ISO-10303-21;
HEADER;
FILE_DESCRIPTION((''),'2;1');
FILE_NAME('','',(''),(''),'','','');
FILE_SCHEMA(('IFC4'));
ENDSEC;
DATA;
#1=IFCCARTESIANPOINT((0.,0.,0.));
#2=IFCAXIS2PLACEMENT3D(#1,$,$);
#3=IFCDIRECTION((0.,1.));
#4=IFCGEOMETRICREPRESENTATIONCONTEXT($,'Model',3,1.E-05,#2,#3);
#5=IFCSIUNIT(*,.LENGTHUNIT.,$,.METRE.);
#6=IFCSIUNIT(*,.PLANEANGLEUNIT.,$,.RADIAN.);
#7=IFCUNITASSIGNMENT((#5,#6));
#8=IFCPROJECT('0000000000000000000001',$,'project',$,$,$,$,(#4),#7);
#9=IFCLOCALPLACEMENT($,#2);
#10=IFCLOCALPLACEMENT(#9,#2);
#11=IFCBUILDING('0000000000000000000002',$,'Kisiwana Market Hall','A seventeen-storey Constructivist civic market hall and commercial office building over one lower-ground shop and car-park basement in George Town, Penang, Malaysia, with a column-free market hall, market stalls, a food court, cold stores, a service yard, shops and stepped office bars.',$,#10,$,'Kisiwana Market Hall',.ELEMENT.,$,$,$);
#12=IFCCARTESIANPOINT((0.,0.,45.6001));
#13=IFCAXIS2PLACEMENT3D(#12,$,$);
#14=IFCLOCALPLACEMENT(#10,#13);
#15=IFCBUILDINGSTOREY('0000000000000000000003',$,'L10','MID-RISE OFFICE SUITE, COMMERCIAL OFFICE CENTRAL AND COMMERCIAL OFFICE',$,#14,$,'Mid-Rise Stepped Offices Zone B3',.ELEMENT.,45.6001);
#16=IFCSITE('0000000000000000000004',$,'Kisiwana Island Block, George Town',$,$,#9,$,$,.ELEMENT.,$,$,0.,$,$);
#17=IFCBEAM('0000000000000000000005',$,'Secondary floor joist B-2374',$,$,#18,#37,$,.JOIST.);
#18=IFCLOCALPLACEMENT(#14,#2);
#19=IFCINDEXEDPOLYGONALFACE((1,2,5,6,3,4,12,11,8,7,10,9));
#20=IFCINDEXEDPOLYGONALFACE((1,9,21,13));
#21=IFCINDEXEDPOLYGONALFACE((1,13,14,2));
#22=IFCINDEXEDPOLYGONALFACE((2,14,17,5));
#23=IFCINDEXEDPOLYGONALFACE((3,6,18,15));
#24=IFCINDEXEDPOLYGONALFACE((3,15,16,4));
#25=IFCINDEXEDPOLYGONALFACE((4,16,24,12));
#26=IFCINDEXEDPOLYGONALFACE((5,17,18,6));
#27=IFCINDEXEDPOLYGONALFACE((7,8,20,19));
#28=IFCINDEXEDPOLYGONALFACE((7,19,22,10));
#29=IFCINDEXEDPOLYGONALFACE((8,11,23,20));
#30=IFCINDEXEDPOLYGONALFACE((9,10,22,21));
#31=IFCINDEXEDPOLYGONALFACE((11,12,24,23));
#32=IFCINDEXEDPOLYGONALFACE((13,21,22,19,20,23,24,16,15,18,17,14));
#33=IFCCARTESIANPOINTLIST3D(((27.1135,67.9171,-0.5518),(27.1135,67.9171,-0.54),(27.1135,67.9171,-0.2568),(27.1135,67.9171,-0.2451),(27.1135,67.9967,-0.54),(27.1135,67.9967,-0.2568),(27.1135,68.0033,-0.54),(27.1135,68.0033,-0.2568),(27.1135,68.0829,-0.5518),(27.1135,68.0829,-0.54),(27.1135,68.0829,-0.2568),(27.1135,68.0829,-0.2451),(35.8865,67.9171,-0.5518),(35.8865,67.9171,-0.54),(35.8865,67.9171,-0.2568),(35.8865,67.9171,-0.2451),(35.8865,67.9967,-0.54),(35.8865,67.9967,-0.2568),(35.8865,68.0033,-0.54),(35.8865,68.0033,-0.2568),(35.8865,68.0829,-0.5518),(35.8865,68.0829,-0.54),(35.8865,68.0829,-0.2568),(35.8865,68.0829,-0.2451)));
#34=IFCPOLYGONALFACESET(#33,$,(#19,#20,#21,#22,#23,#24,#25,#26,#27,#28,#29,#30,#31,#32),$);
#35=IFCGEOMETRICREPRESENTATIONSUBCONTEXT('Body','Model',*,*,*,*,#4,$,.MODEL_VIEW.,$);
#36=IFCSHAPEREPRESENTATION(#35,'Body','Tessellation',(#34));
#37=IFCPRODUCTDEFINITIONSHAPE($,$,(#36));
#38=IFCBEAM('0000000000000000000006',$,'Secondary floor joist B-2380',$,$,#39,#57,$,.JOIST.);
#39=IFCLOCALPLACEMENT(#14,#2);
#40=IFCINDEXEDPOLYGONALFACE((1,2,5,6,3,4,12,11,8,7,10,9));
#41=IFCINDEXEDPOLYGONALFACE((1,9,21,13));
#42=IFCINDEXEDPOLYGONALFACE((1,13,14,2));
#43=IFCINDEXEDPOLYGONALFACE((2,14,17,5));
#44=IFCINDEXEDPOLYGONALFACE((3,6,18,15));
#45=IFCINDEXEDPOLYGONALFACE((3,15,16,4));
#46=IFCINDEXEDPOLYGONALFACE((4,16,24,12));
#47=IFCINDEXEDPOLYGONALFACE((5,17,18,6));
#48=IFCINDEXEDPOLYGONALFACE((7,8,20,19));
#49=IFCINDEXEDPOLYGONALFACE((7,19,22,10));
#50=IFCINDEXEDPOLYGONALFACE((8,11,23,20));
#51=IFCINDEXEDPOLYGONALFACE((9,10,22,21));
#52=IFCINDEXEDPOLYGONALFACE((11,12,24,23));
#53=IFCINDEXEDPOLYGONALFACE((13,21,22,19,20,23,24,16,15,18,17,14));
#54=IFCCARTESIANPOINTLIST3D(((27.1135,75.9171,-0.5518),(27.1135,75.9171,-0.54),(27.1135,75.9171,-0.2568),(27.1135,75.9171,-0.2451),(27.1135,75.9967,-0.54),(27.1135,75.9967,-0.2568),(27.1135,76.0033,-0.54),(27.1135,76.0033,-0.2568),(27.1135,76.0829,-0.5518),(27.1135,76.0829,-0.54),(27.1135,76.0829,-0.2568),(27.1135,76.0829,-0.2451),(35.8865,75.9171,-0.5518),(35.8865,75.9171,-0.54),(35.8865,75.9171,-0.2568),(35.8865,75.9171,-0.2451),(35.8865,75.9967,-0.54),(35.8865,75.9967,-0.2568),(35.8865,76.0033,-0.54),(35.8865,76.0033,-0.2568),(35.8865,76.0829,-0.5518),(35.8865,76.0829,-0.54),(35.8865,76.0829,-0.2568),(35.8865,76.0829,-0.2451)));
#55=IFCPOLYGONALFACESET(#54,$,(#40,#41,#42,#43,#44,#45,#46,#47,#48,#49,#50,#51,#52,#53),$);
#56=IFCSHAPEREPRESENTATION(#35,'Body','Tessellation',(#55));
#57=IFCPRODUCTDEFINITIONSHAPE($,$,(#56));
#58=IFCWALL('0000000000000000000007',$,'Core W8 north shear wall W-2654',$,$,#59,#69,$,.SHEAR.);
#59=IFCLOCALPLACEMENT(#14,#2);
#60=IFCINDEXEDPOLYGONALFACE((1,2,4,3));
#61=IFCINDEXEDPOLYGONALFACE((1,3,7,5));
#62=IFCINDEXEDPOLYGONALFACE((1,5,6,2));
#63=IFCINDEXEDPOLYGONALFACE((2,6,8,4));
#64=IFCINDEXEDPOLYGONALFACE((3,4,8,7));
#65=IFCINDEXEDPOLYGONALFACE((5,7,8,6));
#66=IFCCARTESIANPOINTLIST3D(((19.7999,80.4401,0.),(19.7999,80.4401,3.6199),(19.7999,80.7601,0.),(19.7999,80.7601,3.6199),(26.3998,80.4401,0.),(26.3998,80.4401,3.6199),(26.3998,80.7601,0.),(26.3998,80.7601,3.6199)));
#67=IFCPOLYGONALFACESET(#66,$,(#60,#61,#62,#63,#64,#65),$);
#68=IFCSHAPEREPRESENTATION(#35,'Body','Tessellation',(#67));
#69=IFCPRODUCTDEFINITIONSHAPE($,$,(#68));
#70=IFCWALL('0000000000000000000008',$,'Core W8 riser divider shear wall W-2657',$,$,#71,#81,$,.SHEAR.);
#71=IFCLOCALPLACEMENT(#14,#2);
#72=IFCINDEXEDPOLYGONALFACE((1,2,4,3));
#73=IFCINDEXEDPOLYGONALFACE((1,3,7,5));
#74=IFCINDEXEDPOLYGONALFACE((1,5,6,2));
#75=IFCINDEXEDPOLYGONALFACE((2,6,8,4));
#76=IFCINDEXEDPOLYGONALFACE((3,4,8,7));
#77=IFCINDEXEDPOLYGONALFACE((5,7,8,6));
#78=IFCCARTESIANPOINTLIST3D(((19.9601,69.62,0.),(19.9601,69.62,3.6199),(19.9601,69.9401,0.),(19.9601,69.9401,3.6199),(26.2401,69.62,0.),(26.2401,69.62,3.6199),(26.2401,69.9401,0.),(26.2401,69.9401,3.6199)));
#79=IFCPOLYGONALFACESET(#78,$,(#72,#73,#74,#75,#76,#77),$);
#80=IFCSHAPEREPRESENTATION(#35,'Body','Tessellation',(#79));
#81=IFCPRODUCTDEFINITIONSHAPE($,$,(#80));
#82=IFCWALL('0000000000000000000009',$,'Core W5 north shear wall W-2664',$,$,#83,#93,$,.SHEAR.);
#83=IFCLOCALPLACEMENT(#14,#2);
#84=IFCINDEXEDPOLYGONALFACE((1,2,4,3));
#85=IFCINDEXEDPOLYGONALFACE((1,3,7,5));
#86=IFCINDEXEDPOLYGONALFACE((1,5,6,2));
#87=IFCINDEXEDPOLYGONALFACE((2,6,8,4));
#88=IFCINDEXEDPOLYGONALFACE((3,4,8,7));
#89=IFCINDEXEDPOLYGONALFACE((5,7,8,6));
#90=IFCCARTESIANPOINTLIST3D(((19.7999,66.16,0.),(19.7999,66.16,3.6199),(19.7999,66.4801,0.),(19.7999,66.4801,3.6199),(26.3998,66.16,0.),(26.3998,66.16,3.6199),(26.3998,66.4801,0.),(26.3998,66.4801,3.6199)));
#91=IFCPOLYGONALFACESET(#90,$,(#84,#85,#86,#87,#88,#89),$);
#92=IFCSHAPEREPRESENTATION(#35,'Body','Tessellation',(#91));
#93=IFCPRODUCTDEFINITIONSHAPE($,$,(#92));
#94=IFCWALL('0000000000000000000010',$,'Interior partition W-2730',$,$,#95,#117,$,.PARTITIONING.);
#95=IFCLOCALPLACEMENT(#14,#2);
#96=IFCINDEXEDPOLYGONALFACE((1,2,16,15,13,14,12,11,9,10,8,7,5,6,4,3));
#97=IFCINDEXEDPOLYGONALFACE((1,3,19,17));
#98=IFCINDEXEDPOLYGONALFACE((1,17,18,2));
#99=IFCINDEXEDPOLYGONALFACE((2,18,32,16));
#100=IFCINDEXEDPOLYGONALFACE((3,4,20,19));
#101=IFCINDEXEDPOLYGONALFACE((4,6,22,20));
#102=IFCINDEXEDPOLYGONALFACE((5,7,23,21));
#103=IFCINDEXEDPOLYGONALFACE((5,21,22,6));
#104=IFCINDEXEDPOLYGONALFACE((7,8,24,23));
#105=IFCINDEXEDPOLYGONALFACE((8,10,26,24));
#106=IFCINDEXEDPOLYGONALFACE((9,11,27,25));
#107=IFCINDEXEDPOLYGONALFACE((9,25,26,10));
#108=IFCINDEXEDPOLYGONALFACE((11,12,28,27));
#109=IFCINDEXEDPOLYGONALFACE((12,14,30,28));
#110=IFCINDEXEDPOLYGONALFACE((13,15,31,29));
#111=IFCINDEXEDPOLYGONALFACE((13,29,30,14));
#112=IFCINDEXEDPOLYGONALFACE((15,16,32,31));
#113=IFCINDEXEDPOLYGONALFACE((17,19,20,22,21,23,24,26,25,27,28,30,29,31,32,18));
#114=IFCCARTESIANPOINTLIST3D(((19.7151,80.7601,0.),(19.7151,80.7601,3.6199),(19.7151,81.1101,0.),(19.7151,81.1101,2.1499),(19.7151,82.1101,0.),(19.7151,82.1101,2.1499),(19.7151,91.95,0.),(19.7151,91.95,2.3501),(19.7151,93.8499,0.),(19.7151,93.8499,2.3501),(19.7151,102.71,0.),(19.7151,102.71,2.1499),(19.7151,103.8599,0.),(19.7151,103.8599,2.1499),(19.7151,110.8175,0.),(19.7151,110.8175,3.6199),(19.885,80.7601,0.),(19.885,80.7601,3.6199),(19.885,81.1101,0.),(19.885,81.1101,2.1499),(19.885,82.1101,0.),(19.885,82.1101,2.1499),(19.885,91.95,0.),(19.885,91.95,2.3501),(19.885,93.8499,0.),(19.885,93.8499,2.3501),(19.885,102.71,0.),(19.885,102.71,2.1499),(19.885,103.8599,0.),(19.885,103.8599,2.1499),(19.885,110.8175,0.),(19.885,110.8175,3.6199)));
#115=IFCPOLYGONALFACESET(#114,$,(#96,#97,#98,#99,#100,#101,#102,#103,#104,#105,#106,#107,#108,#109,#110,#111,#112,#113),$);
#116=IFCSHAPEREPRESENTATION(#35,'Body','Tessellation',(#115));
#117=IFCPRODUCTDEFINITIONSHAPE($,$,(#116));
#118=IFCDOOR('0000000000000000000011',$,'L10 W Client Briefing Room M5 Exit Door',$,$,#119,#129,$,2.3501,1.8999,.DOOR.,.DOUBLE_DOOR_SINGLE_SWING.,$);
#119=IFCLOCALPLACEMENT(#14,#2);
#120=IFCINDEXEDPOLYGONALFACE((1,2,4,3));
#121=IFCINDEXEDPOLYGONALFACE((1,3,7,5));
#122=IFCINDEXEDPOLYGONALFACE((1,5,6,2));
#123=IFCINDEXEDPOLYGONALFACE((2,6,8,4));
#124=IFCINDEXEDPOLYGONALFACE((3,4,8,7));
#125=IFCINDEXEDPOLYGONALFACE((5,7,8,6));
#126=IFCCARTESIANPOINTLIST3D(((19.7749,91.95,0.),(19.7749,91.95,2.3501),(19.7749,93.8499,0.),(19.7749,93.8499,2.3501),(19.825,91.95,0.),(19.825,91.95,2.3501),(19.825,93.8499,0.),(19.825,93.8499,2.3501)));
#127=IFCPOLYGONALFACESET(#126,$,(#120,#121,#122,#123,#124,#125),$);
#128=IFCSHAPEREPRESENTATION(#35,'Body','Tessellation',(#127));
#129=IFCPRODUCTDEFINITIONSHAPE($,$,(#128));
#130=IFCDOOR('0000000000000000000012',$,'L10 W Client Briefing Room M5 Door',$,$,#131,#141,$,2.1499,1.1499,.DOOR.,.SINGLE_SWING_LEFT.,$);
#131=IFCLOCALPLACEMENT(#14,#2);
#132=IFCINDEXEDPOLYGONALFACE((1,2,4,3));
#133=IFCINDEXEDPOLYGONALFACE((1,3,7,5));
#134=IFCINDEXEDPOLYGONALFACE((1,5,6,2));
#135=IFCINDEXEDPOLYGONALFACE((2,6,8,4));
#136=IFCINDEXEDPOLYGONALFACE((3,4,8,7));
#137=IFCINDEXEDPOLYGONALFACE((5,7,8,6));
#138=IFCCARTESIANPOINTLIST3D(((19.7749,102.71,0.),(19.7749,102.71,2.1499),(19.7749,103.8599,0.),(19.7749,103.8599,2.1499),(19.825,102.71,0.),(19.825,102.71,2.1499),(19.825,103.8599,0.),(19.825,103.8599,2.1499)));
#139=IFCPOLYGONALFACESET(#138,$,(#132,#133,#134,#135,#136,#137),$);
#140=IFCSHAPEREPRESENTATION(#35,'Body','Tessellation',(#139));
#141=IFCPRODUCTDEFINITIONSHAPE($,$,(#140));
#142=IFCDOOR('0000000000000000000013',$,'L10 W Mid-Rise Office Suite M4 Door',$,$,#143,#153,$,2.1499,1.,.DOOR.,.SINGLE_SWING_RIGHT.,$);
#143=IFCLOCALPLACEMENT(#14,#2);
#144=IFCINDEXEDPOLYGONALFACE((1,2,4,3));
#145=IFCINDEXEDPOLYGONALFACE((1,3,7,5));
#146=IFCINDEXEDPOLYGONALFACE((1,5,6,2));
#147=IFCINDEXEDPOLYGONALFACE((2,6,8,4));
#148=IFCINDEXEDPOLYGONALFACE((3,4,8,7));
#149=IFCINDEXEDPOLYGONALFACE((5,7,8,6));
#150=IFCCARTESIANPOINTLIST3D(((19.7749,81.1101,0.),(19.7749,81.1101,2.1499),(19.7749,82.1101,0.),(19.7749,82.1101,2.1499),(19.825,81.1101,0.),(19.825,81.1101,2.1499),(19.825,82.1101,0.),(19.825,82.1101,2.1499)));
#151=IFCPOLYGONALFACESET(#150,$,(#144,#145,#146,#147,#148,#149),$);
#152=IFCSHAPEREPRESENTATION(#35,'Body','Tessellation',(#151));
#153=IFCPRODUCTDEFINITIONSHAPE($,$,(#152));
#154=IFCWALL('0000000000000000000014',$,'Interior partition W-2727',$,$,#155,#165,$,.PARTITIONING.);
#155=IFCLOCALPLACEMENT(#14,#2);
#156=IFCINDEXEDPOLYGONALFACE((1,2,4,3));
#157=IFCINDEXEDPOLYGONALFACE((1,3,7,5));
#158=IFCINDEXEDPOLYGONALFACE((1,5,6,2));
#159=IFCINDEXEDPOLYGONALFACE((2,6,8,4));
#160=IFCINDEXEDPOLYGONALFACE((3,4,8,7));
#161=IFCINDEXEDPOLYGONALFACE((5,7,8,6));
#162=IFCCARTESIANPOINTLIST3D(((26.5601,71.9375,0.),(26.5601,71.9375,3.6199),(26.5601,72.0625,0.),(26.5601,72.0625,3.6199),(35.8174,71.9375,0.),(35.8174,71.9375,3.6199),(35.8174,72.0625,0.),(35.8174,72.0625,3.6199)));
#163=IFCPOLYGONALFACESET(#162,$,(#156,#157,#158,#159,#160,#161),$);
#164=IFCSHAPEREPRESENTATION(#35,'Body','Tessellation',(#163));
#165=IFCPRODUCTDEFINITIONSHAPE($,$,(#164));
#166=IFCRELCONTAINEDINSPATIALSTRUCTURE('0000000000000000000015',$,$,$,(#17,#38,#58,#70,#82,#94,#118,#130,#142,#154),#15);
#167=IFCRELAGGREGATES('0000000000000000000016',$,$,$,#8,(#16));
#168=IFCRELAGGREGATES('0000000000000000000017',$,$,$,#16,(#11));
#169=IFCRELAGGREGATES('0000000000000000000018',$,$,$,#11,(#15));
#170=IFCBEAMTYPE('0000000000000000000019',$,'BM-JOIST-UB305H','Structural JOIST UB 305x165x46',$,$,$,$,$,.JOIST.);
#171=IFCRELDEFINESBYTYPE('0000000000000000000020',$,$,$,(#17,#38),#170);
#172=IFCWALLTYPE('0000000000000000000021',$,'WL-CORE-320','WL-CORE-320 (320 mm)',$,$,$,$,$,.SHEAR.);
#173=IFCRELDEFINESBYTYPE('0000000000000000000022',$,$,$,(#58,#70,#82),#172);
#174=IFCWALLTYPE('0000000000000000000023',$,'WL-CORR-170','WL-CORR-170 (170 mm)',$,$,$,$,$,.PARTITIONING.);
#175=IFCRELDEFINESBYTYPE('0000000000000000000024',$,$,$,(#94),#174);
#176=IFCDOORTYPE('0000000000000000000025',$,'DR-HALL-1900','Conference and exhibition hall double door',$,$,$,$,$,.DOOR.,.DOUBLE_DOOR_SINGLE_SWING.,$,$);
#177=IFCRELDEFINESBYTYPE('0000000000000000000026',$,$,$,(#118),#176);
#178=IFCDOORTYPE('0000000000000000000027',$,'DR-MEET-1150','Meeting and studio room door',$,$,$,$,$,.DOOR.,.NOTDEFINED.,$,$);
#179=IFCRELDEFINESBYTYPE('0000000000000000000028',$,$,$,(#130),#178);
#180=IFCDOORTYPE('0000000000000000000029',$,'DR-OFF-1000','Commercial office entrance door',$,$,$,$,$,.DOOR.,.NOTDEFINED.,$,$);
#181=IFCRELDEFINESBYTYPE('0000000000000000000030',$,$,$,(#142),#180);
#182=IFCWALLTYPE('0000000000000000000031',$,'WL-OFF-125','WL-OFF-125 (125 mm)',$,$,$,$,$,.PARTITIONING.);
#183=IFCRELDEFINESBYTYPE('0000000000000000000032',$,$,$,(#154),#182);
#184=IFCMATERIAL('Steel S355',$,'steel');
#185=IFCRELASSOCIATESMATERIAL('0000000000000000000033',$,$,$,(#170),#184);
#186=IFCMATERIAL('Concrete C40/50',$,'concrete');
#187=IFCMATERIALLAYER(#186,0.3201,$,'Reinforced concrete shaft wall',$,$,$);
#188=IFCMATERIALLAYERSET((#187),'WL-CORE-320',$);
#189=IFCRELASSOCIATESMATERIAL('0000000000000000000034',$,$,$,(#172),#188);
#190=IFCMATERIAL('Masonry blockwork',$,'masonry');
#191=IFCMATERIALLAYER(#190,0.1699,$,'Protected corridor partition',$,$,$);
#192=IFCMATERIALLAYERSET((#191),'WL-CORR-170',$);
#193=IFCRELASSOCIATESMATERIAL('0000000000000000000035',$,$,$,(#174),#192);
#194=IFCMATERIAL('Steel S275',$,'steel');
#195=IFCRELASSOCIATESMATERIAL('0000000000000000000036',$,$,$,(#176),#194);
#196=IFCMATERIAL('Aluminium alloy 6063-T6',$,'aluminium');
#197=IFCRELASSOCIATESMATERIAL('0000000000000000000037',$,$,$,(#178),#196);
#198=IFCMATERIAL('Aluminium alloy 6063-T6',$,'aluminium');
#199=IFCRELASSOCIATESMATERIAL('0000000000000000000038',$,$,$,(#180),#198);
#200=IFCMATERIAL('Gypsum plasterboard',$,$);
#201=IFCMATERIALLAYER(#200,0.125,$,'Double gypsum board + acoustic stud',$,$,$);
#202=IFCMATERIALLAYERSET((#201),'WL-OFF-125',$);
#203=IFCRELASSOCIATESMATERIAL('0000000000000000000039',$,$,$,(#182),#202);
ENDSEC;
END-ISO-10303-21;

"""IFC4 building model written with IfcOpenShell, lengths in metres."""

from ifc_helpers import new_model, si_unit, direction, frame, frame_2d, origin, origin_2d, place, context, subcontext, project, spatial, rectangle, i_section, extrude, material, layer, layer_set, material_profile, profile_set, type_object, element, fill, save


model = new_model("IFC4")

# Units and contexts
model_context = context("Model", 3, precision=1e-05, world=origin(), true_north=direction((0.0, 1.0)))
body_context = subcontext(model_context, "Body", "Model", "MODEL_VIEW")
ifc_project = project(units=[si_unit("LENGTHUNIT", "METRE"), si_unit("PLANEANGLEUNIT", "RADIAN")], contexts=[model_context])

# Site, building, storey
site_placement = place(None, origin())
site = spatial("IfcSite", under=ifc_project, at=site_placement, Name="Kisiwana Island Block, George Town", CompositionType="ELEMENT", RefElevation=0.0)
building_placement = place(site_placement, origin())
building = spatial("IfcBuilding", under=site, at=building_placement, Name="Kisiwana Market Hall", Description="A seventeen-storey Constructivist civic market hall and commercial office building over one lower-ground shop and car-park basement in George Town, Penang, Malaysia, with a column-free market hall, market stalls, a food court, cold stores, a service yard, shops and stepped office bars.", LongName="Kisiwana Market Hall", CompositionType="ELEMENT")
storey_placement = place(building_placement, frame((0.0, 0.0, 45.6001)))
storey = spatial("IfcBuildingStorey", under=building, at=storey_placement, Name="L10", Description="MID-RISE OFFICE SUITE, COMMERCIAL OFFICE CENTRAL AND COMMERCIAL OFFICE", LongName="Mid-Rise Stepped Offices Zone B3", CompositionType="ELEMENT", Elevation=45.6001)

# Beams
ifc_material_1 = material(Name="Steel S355", Category="steel")
ifc_material_profile = material_profile(ifc_material_1, i_section(OverallWidth=0.1658, OverallDepth=0.3066, WebThickness=0.0066, FlangeThickness=0.0117, at=origin_2d()), Name="UB 305x165x46")
ifc_profile_set = profile_set([ifc_material_profile], Name="Steel S355")
beam_type = type_object("IfcBeamType", Name="BM-JOIST-UB305H", Description="Structural JOIST UB 305x165x46", PredefinedType="JOIST", material=ifc_profile_set)
for number, where, z_axis, x_axis, name in (
    (1, (27.1135, 68.0, -0.3984), (1.0, 0.0, 0.0), (0.0, 1.0, 0.0), "Secondary floor joist B-2374"),
    (2, (27.1135, 76.0, -0.3984), (1.0, 0.0, 0.0), (0.0, 1.0, 0.0), "Secondary floor joist B-2380"),
):
    element("IfcBeam", number, at=place(storey_placement, frame(where, z_axis=z_axis, x_axis=x_axis)), inside=storey, type_object=beam_type, Name=name, PredefinedType="JOIST", context=body_context, shape_type="SweptSolid", body=[
        extrude(i_section(OverallWidth=0.1658, OverallDepth=0.3066, WebThickness=0.0066, FlangeThickness=0.0117, at=origin_2d()), origin(), (0.0, 0.0, 1.0), 8.7729),
    ])

# Walls
ifc_material_2 = material(Name="Concrete C40/50", Category="concrete")
ifc_layer_1 = layer(ifc_material_2, 0.3201, Name="Reinforced concrete shaft wall")
ifc_layer_set_1 = layer_set([ifc_layer_1], Name="WL-CORE-320")
wall_type_1 = type_object("IfcWallType", Name="WL-CORE-320", Description="WL-CORE-320 (320 mm)", PredefinedType="SHEAR", material=ifc_layer_set_1)
wall_1_placement = place(storey_placement, frame((19.8, 80.6001, 0.0), z_axis=(0.0, 0.0, 1.0), x_axis=(1.0, 0.0, 0.0)))
element("IfcWall", 3, at=wall_1_placement, inside=storey, type_object=wall_type_1, Name="Core W8 north shear wall W-2654", PredefinedType="SHEAR", context=body_context, shape_type="SweptSolid", body=[
    extrude(rectangle(XDim=6.5999, YDim=0.3201, at=frame_2d((3.2998, 0.0))), origin(), (0.0, 0.0, 1.0), 3.6199),
])
wall_2_placement = place(storey_placement, frame((19.96, 69.78, 0.0), z_axis=(0.0, 0.0, 1.0), x_axis=(1.0, 0.0, 0.0)))
element("IfcWall", 4, at=wall_2_placement, inside=storey, type_object=wall_type_1, Name="Core W8 riser divider shear wall W-2657", PredefinedType="SHEAR", context=body_context, shape_type="SweptSolid", body=[
    extrude(rectangle(XDim=6.28, YDim=0.3201, at=frame_2d((3.1401, 0.0))), origin(), (0.0, 0.0, 1.0), 3.6199),
])
wall_3_placement = place(storey_placement, frame((19.8, 66.3201, 0.0), z_axis=(0.0, 0.0, 1.0), x_axis=(1.0, 0.0, 0.0)))
element("IfcWall", 5, at=wall_3_placement, inside=storey, type_object=wall_type_1, Name="Core W5 north shear wall W-2664", PredefinedType="SHEAR", context=body_context, shape_type="SweptSolid", body=[
    extrude(rectangle(XDim=6.5999, YDim=0.3201, at=frame_2d((3.2998, 0.0))), origin(), (0.0, 0.0, 1.0), 3.6199),
])

# Wall, openings, doors
ifc_material_3 = material(Name="Masonry blockwork", Category="masonry")
ifc_layer_2 = layer(ifc_material_3, 0.1699, Name="Protected corridor partition")
ifc_layer_set_2 = layer_set([ifc_layer_2], Name="WL-CORR-170")
wall_type_2 = type_object("IfcWallType", Name="WL-CORR-170", Description="WL-CORR-170 (170 mm)", PredefinedType="PARTITIONING", material=ifc_layer_set_2)
wall_4_placement = place(storey_placement, frame((19.8, 80.76, 0.0), z_axis=(0.0, 0.0, 1.0), x_axis=(0.0, 1.0, 0.0)))
wall_4 = element("IfcWall", 6, at=wall_4_placement, inside=storey, type_object=wall_type_2, Name="Interior partition W-2730", PredefinedType="PARTITIONING", context=body_context, shape_type="SweptSolid", body=[
    extrude(rectangle(XDim=30.0574, YDim=0.1699, at=frame_2d((15.0288, 0.0))), origin(), (0.0, 0.0, 1.0), 3.6199),
])
opening_1_placement = place(wall_4_placement, frame((0.3501, 0.0, 0.0)))
opening_1 = element("IfcOpeningElement", 7, at=opening_1_placement, cuts=wall_4, PredefinedType="OPENING", context=body_context, shape_type="SweptSolid", body=[
    extrude(rectangle(XDim=1.0, YDim=2.1499, at=frame_2d((0.5, 1.075))), frame((0.0, 0.0969, 0.0), z_axis=(0.0, -1.0, 0.0), x_axis=(1.0, 0.0, 0.0)), (0.0, 0.0, 1.0), 0.1938),
])
opening_2_placement = place(wall_4_placement, frame((21.95, 0.0, 0.0)))
opening_2 = element("IfcOpeningElement", 8, at=opening_2_placement, cuts=wall_4, PredefinedType="OPENING", context=body_context, shape_type="SweptSolid", body=[
    extrude(rectangle(XDim=1.1499, YDim=2.1499, at=frame_2d((0.575, 1.075))), frame((0.0, 0.0969, 0.0), z_axis=(0.0, -1.0, 0.0), x_axis=(1.0, 0.0, 0.0)), (0.0, 0.0, 1.0), 0.1938),
])
opening_3_placement = place(wall_4_placement, frame((11.1899, 0.0, 0.0)))
opening_3 = element("IfcOpeningElement", 9, at=opening_3_placement, cuts=wall_4, PredefinedType="OPENING", context=body_context, shape_type="SweptSolid", body=[
    extrude(rectangle(XDim=1.8999, YDim=2.3501, at=frame_2d((0.95, 1.175))), frame((0.0, 0.0969, 0.0), z_axis=(0.0, -1.0, 0.0), x_axis=(1.0, 0.0, 0.0)), (0.0, 0.0, 1.0), 0.1938),
])
ifc_material_4 = material(Name="Steel S275", Category="steel")
door_type_1 = type_object("IfcDoorType", Name="DR-HALL-1900", Description="Conference and exhibition hall double door", OperationType="DOUBLE_DOOR_SINGLE_SWING", PredefinedType="DOOR", material=ifc_material_4)
door_1_placement = place(opening_3_placement, frame((1.8999, 0.0, 0.0), z_axis=(0.0, 0.0, 1.0), x_axis=(-1.0, 0.0, 0.0)))
door_1 = element("IfcDoor", 10, at=door_1_placement, inside=storey, type_object=door_type_1, Name="L10 W Client Briefing Room M5 Exit Door", OperationType="DOUBLE_DOOR_SINGLE_SWING", OverallHeight=2.3501, OverallWidth=1.8999, PredefinedType="DOOR", context=body_context, shape_type="SweptSolid", body=[
    extrude(rectangle(XDim=1.8999, YDim=2.3501, at=frame_2d((0.95, 1.175))), frame((0.0, 0.0249, 0.0), z_axis=(0.0, -1.0, 0.0), x_axis=(1.0, 0.0, 0.0)), (0.0, 0.0, 1.0), 0.05),
])
fill(opening_3, door_1)
ifc_material_5 = material(Name="Aluminium alloy 6063-T6", Category="aluminium")
door_type_2 = type_object("IfcDoorType", Name="DR-MEET-1150", Description="Meeting and studio room door", OperationType="NOTDEFINED", PredefinedType="DOOR", material=ifc_material_5)
door_2_placement = place(opening_2_placement, frame((1.1499, 0.0, 0.0), z_axis=(0.0, 0.0, 1.0), x_axis=(-1.0, 0.0, 0.0)))
door_2 = element("IfcDoor", 11, at=door_2_placement, inside=storey, type_object=door_type_2, Name="L10 W Client Briefing Room M5 Door", OperationType="SINGLE_SWING_LEFT", OverallHeight=2.1499, OverallWidth=1.1499, PredefinedType="DOOR", context=body_context, shape_type="SweptSolid", body=[
    extrude(rectangle(XDim=1.1499, YDim=2.1499, at=frame_2d((0.575, 1.075))), frame((0.0, 0.0249, 0.0), z_axis=(0.0, -1.0, 0.0), x_axis=(1.0, 0.0, 0.0)), (0.0, 0.0, 1.0), 0.05),
])
fill(opening_2, door_2)
ifc_material_6 = material(Name="Aluminium alloy 6063-T6", Category="aluminium")
door_type_3 = type_object("IfcDoorType", Name="DR-OFF-1000", Description="Commercial office entrance door", OperationType="NOTDEFINED", PredefinedType="DOOR", material=ifc_material_6)
door_3_placement = place(opening_1_placement, frame((1.0, 0.0, 0.0), z_axis=(0.0, 0.0, 1.0), x_axis=(-1.0, 0.0, 0.0)))
door_3 = element("IfcDoor", 12, at=door_3_placement, inside=storey, type_object=door_type_3, Name="L10 W Mid-Rise Office Suite M4 Door", OperationType="SINGLE_SWING_RIGHT", OverallHeight=2.1499, OverallWidth=1.0, PredefinedType="DOOR", context=body_context, shape_type="SweptSolid", body=[
    extrude(rectangle(XDim=1.0, YDim=2.1499, at=frame_2d((0.5, 1.075))), frame((0.0, 0.0249, 0.0), z_axis=(0.0, -1.0, 0.0), x_axis=(1.0, 0.0, 0.0)), (0.0, 0.0, 1.0), 0.05),
])
fill(opening_1, door_3)

# Wall
ifc_material_7 = material(Name="Gypsum plasterboard")
ifc_layer_3 = layer(ifc_material_7, 0.125, Name="Double gypsum board + acoustic stud")
ifc_layer_set_3 = layer_set([ifc_layer_3], Name="WL-OFF-125")
wall_type_3 = type_object("IfcWallType", Name="WL-OFF-125", Description="WL-OFF-125 (125 mm)", PredefinedType="PARTITIONING", material=ifc_layer_set_3)
wall_5_placement = place(storey_placement, frame((26.5601, 72.0, 0.0), z_axis=(0.0, 0.0, 1.0), x_axis=(1.0, 0.0, 0.0)))
element("IfcWall", 13, at=wall_5_placement, inside=storey, type_object=wall_type_3, Name="Interior partition W-2727", PredefinedType="PARTITIONING", context=body_context, shape_type="SweptSolid", body=[
    extrude(rectangle(XDim=9.2573, YDim=0.125, at=frame_2d((4.6287, 0.0))), origin(), (0.0, 0.0, 1.0), 3.6199),
])

save(model, "model.ifc")
